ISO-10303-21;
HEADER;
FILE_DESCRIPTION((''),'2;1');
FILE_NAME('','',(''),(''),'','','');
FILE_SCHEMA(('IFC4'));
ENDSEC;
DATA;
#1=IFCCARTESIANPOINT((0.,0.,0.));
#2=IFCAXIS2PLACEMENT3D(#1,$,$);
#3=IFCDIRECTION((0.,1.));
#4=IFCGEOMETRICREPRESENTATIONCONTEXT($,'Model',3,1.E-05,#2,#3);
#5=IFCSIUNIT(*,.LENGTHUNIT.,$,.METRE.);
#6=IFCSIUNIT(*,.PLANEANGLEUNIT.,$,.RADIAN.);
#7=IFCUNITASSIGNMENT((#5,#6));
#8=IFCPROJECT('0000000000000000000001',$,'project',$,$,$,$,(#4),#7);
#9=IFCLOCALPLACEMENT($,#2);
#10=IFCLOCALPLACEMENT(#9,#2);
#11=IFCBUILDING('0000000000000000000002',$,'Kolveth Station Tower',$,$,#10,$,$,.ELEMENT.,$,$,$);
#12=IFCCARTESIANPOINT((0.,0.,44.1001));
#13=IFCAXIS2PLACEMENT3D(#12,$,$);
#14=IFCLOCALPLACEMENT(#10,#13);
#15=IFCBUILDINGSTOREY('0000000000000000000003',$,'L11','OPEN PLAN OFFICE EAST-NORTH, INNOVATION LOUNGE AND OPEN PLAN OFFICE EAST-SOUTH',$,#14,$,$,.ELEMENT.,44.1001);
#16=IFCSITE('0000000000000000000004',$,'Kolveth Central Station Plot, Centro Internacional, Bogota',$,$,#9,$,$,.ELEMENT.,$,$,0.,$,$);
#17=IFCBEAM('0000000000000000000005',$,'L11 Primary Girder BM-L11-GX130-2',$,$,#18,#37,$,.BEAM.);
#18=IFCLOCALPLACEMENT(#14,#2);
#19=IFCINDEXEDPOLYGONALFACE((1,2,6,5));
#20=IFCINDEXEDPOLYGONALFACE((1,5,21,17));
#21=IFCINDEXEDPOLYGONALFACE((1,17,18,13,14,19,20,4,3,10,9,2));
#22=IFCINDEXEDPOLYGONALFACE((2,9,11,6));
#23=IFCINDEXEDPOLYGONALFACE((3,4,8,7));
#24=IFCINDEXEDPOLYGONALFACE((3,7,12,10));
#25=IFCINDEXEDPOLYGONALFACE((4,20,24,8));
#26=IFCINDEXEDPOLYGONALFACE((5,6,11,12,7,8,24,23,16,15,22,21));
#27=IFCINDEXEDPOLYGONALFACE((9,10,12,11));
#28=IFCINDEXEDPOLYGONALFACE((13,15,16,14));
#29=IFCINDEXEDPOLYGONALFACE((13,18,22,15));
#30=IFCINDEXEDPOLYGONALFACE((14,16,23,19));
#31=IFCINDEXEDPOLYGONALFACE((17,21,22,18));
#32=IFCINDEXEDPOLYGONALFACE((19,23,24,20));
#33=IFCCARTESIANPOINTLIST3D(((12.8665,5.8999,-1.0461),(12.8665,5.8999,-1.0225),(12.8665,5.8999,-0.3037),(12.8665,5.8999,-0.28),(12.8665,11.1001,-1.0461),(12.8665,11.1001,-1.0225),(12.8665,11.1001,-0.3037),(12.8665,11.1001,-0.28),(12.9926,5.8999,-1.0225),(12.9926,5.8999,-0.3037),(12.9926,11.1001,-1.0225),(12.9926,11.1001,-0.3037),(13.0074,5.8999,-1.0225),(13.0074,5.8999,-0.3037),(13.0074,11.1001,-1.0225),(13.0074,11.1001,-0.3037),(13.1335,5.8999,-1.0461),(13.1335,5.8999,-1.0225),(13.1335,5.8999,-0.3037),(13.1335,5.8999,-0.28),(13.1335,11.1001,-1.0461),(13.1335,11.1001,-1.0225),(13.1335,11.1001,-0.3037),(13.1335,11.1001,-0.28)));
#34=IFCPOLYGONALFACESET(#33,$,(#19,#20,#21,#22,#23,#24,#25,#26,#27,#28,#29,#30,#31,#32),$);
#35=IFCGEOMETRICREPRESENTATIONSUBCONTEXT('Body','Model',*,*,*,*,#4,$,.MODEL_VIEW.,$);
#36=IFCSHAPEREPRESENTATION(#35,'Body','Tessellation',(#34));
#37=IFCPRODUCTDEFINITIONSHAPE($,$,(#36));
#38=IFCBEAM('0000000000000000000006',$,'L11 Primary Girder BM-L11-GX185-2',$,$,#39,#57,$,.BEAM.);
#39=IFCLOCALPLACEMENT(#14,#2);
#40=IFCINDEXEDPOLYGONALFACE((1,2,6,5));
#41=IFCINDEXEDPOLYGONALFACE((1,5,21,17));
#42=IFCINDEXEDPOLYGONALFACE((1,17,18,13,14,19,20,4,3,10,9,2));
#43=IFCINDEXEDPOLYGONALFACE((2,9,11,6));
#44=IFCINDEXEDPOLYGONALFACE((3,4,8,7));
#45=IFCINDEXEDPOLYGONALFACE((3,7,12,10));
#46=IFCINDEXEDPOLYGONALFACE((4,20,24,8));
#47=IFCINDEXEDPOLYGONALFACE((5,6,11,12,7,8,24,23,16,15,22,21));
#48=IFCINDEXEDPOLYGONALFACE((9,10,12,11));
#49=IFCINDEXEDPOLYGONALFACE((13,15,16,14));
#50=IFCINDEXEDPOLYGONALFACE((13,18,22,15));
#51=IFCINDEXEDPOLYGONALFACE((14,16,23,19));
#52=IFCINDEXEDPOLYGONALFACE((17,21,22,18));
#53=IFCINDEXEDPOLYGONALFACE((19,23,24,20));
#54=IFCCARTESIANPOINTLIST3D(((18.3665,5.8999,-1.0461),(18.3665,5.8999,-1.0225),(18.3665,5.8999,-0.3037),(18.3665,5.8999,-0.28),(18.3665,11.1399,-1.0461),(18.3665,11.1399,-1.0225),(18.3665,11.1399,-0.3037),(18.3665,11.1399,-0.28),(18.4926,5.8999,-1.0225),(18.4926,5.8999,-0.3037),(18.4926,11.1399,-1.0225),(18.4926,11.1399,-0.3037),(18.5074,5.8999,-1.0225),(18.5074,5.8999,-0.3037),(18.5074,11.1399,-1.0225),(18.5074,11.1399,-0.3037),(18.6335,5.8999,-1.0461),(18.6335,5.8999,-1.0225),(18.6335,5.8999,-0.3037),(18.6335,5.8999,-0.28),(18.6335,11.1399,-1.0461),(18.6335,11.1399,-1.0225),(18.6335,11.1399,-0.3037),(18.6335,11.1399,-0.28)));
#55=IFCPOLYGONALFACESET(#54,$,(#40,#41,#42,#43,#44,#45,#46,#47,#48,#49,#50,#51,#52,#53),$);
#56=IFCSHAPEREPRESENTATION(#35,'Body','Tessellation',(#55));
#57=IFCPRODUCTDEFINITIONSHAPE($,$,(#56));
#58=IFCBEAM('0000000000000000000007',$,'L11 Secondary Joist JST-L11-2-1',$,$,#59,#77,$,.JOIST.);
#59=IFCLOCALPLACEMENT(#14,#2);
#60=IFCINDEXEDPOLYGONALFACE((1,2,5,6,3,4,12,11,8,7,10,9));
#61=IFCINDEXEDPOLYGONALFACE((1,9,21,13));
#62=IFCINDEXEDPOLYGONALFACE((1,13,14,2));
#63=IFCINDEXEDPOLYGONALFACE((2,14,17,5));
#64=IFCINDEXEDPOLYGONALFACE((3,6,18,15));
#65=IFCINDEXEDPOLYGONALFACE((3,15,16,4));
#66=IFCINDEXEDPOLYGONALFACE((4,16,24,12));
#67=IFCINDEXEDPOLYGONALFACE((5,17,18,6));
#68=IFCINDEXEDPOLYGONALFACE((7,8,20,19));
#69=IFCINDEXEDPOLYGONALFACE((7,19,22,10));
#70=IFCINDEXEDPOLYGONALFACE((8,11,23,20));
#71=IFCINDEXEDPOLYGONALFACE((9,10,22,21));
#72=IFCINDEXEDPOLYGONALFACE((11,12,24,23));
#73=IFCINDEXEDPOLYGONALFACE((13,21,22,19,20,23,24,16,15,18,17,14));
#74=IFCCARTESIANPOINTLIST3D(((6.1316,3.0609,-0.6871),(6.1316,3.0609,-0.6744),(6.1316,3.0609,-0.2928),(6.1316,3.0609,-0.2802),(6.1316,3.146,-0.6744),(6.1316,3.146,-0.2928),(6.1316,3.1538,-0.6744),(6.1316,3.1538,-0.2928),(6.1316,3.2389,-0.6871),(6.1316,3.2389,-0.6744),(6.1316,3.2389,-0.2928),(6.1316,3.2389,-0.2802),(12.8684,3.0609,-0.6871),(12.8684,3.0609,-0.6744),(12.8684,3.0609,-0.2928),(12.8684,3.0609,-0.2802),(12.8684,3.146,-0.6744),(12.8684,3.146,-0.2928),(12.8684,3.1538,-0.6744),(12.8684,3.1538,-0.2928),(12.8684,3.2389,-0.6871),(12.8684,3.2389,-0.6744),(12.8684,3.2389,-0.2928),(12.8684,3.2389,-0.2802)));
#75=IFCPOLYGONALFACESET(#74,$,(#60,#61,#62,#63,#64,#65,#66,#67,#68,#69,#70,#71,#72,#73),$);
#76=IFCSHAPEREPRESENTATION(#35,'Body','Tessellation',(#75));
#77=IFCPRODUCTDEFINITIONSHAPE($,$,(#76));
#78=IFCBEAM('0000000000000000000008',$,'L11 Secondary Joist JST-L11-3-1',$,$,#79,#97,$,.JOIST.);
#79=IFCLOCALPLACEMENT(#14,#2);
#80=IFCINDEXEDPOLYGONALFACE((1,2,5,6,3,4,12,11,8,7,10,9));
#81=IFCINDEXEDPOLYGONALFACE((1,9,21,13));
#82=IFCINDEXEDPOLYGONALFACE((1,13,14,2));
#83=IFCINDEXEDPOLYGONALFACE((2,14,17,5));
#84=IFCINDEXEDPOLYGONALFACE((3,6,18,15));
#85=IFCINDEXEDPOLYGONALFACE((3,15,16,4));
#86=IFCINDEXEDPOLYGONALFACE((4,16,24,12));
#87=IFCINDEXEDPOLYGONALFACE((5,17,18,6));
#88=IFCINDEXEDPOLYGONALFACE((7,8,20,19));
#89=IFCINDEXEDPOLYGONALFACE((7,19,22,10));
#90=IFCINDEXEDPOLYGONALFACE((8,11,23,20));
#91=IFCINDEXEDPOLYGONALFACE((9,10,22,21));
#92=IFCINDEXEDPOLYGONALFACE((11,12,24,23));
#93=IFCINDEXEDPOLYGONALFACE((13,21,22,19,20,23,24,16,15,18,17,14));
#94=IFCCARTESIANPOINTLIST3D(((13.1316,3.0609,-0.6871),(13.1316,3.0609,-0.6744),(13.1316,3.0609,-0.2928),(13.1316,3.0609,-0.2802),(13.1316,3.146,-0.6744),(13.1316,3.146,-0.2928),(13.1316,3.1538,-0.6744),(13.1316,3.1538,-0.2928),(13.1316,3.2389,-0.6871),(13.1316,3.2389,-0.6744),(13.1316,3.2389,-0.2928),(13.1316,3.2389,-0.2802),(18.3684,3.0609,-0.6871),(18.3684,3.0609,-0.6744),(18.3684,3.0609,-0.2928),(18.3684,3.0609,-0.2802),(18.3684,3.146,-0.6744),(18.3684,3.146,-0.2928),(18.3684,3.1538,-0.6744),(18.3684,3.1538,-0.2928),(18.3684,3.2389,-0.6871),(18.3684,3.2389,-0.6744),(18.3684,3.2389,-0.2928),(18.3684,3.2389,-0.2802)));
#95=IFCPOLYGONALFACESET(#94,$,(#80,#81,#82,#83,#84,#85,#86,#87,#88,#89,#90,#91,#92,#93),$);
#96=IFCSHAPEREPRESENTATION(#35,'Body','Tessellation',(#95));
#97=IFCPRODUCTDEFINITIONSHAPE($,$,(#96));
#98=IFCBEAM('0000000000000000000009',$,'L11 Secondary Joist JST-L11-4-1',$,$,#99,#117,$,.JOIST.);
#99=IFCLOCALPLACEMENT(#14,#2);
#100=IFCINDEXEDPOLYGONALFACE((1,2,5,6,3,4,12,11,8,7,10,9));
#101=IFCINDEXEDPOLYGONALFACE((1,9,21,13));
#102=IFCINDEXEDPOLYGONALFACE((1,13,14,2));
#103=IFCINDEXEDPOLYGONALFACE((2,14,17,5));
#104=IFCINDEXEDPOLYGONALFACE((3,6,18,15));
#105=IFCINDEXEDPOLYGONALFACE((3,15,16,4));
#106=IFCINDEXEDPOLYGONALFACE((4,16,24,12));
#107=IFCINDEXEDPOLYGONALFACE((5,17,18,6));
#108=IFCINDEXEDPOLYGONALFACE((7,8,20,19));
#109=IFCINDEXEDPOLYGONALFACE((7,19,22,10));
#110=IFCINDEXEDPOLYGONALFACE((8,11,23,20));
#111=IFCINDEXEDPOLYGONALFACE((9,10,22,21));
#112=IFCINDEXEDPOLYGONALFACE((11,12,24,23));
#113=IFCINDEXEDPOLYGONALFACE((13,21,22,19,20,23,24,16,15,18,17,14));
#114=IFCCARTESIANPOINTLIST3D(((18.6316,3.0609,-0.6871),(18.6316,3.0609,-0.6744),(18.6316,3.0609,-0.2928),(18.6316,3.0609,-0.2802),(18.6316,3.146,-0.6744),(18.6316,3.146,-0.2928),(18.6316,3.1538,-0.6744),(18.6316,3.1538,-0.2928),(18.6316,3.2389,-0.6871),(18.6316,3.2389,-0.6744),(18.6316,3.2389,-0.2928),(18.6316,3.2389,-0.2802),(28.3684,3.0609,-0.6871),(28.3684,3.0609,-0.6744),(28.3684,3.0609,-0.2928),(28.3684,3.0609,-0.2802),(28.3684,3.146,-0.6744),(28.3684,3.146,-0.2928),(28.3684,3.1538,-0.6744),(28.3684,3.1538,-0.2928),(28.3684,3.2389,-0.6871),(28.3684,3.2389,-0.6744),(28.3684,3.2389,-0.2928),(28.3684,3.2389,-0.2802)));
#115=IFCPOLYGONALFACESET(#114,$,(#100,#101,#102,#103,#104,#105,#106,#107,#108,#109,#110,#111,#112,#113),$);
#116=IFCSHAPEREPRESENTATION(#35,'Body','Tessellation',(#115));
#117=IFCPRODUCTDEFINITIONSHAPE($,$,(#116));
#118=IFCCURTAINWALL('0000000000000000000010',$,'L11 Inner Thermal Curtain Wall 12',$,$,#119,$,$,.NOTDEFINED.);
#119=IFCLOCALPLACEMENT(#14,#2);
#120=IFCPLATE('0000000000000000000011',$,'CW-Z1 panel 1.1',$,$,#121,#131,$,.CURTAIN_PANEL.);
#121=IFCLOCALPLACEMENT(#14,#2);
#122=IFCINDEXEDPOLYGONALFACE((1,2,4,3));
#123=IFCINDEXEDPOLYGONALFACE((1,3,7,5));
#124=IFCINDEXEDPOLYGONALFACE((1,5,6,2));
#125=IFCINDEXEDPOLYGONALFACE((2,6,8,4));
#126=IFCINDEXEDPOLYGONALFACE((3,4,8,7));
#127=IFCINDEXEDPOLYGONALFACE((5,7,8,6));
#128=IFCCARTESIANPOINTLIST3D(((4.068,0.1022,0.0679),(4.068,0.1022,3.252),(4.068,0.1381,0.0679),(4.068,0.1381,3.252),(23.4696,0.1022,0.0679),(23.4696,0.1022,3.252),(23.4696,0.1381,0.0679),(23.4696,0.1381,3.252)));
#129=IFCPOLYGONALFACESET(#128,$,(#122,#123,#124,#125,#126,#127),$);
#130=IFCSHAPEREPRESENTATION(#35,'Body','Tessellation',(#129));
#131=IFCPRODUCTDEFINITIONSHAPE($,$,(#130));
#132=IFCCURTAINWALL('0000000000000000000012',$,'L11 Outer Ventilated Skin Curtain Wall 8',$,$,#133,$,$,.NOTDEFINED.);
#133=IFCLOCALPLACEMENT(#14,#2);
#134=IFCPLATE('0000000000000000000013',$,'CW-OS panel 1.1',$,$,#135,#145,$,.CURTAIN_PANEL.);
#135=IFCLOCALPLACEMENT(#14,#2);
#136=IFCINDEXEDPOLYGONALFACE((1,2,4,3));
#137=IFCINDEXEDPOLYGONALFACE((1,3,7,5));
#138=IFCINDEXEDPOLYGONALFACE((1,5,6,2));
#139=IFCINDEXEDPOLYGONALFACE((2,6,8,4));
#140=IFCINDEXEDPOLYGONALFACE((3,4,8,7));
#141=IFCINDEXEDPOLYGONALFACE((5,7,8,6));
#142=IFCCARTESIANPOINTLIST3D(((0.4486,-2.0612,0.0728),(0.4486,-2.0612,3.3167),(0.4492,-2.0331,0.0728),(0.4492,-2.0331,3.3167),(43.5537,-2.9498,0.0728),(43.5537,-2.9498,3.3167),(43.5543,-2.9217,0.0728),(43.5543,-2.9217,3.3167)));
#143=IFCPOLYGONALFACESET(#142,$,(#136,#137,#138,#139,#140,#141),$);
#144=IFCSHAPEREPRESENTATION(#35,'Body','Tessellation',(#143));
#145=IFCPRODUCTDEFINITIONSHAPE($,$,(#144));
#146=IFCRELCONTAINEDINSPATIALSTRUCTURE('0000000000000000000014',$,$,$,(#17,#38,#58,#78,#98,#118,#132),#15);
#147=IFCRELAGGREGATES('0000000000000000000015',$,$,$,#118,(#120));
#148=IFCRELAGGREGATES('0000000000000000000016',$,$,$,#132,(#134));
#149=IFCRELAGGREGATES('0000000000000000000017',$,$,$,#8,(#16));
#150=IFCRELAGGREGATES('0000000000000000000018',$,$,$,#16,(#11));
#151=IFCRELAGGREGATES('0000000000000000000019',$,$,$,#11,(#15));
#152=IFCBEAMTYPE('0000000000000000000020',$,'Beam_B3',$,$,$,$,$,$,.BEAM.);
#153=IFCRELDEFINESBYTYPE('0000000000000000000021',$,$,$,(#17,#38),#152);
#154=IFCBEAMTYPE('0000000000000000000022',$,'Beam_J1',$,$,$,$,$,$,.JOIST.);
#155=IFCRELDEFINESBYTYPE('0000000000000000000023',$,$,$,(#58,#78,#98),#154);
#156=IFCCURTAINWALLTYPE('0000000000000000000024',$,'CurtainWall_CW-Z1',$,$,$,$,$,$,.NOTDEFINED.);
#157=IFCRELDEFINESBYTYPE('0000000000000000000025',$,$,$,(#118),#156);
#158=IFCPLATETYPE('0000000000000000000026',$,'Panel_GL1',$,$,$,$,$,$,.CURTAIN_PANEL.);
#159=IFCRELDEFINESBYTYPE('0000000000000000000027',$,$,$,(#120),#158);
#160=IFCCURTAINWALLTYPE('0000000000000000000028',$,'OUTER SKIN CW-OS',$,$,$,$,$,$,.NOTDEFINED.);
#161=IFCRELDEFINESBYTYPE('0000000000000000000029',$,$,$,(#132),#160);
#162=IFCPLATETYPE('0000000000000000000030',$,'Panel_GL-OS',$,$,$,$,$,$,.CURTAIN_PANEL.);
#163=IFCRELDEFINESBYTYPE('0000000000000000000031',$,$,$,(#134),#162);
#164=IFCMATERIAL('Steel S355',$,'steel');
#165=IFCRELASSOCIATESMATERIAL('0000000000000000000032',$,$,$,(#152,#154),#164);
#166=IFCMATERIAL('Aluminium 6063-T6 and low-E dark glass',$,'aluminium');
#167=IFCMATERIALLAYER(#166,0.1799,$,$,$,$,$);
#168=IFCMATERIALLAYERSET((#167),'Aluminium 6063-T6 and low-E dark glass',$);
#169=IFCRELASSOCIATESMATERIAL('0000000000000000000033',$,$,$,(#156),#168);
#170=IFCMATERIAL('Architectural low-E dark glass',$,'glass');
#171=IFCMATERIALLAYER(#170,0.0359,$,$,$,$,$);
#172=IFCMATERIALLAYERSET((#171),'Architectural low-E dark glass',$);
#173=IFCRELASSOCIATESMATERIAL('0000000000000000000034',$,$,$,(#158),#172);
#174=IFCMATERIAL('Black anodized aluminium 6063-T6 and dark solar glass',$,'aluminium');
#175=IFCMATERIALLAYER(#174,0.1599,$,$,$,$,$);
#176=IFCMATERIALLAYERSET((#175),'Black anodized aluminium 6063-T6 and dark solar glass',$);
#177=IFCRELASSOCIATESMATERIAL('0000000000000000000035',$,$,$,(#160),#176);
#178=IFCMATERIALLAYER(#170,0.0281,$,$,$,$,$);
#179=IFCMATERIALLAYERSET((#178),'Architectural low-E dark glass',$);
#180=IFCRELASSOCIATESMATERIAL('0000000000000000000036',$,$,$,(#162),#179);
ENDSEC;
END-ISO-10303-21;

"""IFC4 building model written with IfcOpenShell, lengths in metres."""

from ifc_helpers import new_model, si_unit, direction, frame, origin, origin_2d, place, context, subcontext, project, spatial, rectangle, i_section, extrude, source, transform, mapped, material, layer, layer_set, material_profile, profile_set, type_object, element, aggregate, save


model = new_model("IFC4")

# Units and contexts
model_context = context("Model", 3, precision=1e-05, world=origin(), true_north=direction((0.0, 1.0)))
body_context = subcontext(model_context, "Body", "Model", "MODEL_VIEW")
ifc_project = project(units=[si_unit("LENGTHUNIT", "METRE"), si_unit("PLANEANGLEUNIT", "RADIAN")], contexts=[model_context])

# Site, building, storey
site_placement = place(None, origin())
site = spatial("IfcSite", under=ifc_project, at=site_placement, Name="Kolveth Central Station Plot, Centro Internacional, Bogota", CompositionType="ELEMENT", RefElevation=0.0)
building_placement = place(site_placement, origin())
building = spatial("IfcBuilding", under=site, at=building_placement, Name="Kolveth Station Tower", CompositionType="ELEMENT")
storey_placement = place(building_placement, frame((0.0, 0.0, 44.1001)))
storey = spatial("IfcBuildingStorey", under=building, at=storey_placement, Name="L11", Description="OPEN PLAN OFFICE EAST-NORTH, INNOVATION LOUNGE AND OPEN PLAN OFFICE EAST-SOUTH", CompositionType="ELEMENT", Elevation=44.1001)

# Shared definitions
ifc_material_1 = material(Name="Steel S355", Category="steel")

# Beams
ifc_material_profile_1 = material_profile(ifc_material_1, i_section(OverallWidth=0.2671, OverallDepth=0.7661, WebThickness=0.0149, FlangeThickness=0.0237, at=origin_2d()), Name="W760x185")
ifc_profile_set_1 = profile_set([ifc_material_profile_1], Name="Steel S355")
beam_type_1 = type_object("IfcBeamType", Name="Beam_B3", PredefinedType="BEAM", material=ifc_profile_set_1)
shared_shape_1 = source(origin(), body_context, "Body", "SweptSolid", [
    extrude(i_section(OverallWidth=0.2671, OverallDepth=0.7661, WebThickness=0.0149, FlangeThickness=0.0237, at=origin_2d()), origin(), (0.0, 0.0, 1.0), 5.2002),
])
for number, where, z_axis, x_axis, name in (
    (1, (13.0, 5.8999, -0.6631), (0.0, 1.0, 0.0), (-1.0, 0.0, 0.0), "L11 Primary Girder BM-L11-GX130-2"),
):
    element("IfcBeam", number, at=place(storey_placement, frame(where, z_axis=z_axis, x_axis=x_axis)), inside=storey, type_object=beam_type_1, Name=name, PredefinedType="BEAM", context=body_context, shape_type="MappedRepresentation", body=[
        mapped(shared_shape_1, transform((0.0, 0.0, 0.0), x_axis=(1.0, 0.0, 0.0), y_axis=(0.0, 1.0, 0.0), z_axis=(0.0, 0.0, 1.0), scale=1.0)),
    ])
shared_shape_2 = source(origin(), body_context, "Body", "SweptSolid", [
    extrude(i_section(OverallWidth=0.2671, OverallDepth=0.7661, WebThickness=0.0149, FlangeThickness=0.0237, at=origin_2d()), origin(), (0.0, 0.0, 1.0), 5.24),
])
beam_1_placement = place(storey_placement, frame((18.5, 5.8999, -0.6631), z_axis=(0.0, 1.0, 0.0), x_axis=(-1.0, 0.0, 0.0)))
element("IfcBeam", 2, at=beam_1_placement, inside=storey, type_object=beam_type_1, Name="L11 Primary Girder BM-L11-GX185-2", PredefinedType="BEAM", context=body_context, shape_type="MappedRepresentation", body=[
    mapped(shared_shape_2, transform((0.0, 0.0, 0.0), x_axis=(1.0, 0.0, 0.0), y_axis=(0.0, 1.0, 0.0), z_axis=(0.0, 0.0, 1.0), scale=1.0)),
])
ifc_material_profile_2 = material_profile(ifc_material_1, i_section(OverallWidth=0.178, OverallDepth=0.407, WebThickness=0.0078, FlangeThickness=0.0127, at=origin_2d()), Name="W410x60")
ifc_profile_set_2 = profile_set([ifc_material_profile_2], Name="Steel S355")
beam_type_2 = type_object("IfcBeamType", Name="Beam_J1", PredefinedType="JOIST", material=ifc_profile_set_2)
shared_shape_3 = source(origin(), body_context, "Body", "SweptSolid", [
    extrude(i_section(OverallWidth=0.178, OverallDepth=0.407, WebThickness=0.0078, FlangeThickness=0.0127, at=origin_2d()), origin(), (0.0, 0.0, 1.0), 6.7368),
])
beam_2_placement = place(storey_placement, frame((6.1316, 3.1499, -0.4836), z_axis=(1.0, 0.0, 0.0), x_axis=(0.0, 1.0, 0.0)))
element("IfcBeam", 3, at=beam_2_placement, inside=storey, type_object=beam_type_2, Name="L11 Secondary Joist JST-L11-2-1", PredefinedType="JOIST", context=body_context, shape_type="MappedRepresentation", body=[
    mapped(shared_shape_3, transform((0.0, 0.0, 0.0), x_axis=(1.0, 0.0, 0.0), y_axis=(0.0, 1.0, 0.0), z_axis=(0.0, 0.0, 1.0), scale=1.0)),
])
shared_shape_4 = source(origin(), body_context, "Body", "SweptSolid", [
    extrude(i_section(OverallWidth=0.178, OverallDepth=0.407, WebThickness=0.0078, FlangeThickness=0.0127, at=origin_2d()), origin(), (0.0, 0.0, 1.0), 5.2368),
])
beam_3_placement = place(storey_placement, frame((13.1316, 3.1499, -0.4836), z_axis=(1.0, 0.0, 0.0), x_axis=(0.0, 1.0, 0.0)))
element("IfcBeam", 4, at=beam_3_placement, inside=storey, type_object=beam_type_2, Name="L11 Secondary Joist JST-L11-3-1", PredefinedType="JOIST", context=body_context, shape_type="MappedRepresentation", body=[
    mapped(shared_shape_4, transform((0.0, 0.0, 0.0), x_axis=(1.0, 0.0, 0.0), y_axis=(0.0, 1.0, 0.0), z_axis=(0.0, 0.0, 1.0), scale=1.0)),
])
shared_shape_5 = source(origin(), body_context, "Body", "SweptSolid", [
    extrude(i_section(OverallWidth=0.178, OverallDepth=0.407, WebThickness=0.0078, FlangeThickness=0.0127, at=origin_2d()), origin(), (0.0, 0.0, 1.0), 9.7368),
])
beam_4_placement = place(storey_placement, frame((18.6316, 3.1499, -0.4836), z_axis=(1.0, 0.0, 0.0), x_axis=(0.0, 1.0, 0.0)))
element("IfcBeam", 5, at=beam_4_placement, inside=storey, type_object=beam_type_2, Name="L11 Secondary Joist JST-L11-4-1", PredefinedType="JOIST", context=body_context, shape_type="MappedRepresentation", body=[
    mapped(shared_shape_5, transform((0.0, 0.0, 0.0), x_axis=(1.0, 0.0, 0.0), y_axis=(0.0, 1.0, 0.0), z_axis=(0.0, 0.0, 1.0), scale=1.0)),
])

# Curtain walls, plates
ifc_material_2 = material(Name="Aluminium 6063-T6 and low-E dark glass", Category="aluminium")
ifc_layer_1 = layer(ifc_material_2, 0.1799)
ifc_layer_set_1 = layer_set([ifc_layer_1], Name="Aluminium 6063-T6 and low-E dark glass")
curtain_wall_type_1 = type_object("IfcCurtainWallType", Name="CurtainWall_CW-Z1", PredefinedType="NOTDEFINED", material=ifc_layer_set_1)
curtain_wall_1_placement = place(storey_placement, origin())
curtain_wall_1 = element("IfcCurtainWall", 6, at=curtain_wall_1_placement, inside=storey, type_object=curtain_wall_type_1, Name="L11 Inner Thermal Curtain Wall 12", PredefinedType="NOTDEFINED")
ifc_material_3 = material(Name="Architectural low-E dark glass", Category="glass")
ifc_layer_2 = layer(ifc_material_3, 0.0359)
ifc_layer_set_2 = layer_set([ifc_layer_2], Name="Architectural low-E dark glass")
plate_type_1 = type_object("IfcPlateType", Name="Panel_GL1", PredefinedType="CURTAIN_PANEL", material=ifc_layer_set_2)
shared_shape_6 = source(origin(), body_context, "Body", "SweptSolid", [
    extrude(rectangle(XDim=19.4016, YDim=0.0359, at=origin_2d()), origin(), (0.0, 0.0, 1.0), 3.1841),
])
plate_1_placement = place(storey_placement, frame((13.7688, 0.1201, 0.0679), z_axis=(0.0, 0.0, 1.0), x_axis=(1.0, 0.0, 0.0)))
plate_1 = element("IfcPlate", 7, at=plate_1_placement, type_object=plate_type_1, Name="CW-Z1 panel 1.1", PredefinedType="CURTAIN_PANEL", context=body_context, shape_type="MappedRepresentation", body=[
    mapped(shared_shape_6, transform((0.0, 0.0, 0.0), x_axis=(1.0, 0.0, 0.0), y_axis=(0.0, 1.0, 0.0), z_axis=(0.0, 0.0, 1.0), scale=1.0)),
])
aggregate(curtain_wall_1, [plate_1])
ifc_material_4 = material(Name="Black anodized aluminium 6063-T6 and dark solar glass", Category="aluminium")
ifc_layer_3 = layer(ifc_material_4, 0.1599)
ifc_layer_set_3 = layer_set([ifc_layer_3], Name="Black anodized aluminium 6063-T6 and dark solar glass")
curtain_wall_type_2 = type_object("IfcCurtainWallType", Name="OUTER SKIN CW-OS", PredefinedType="NOTDEFINED", material=ifc_layer_set_3)
curtain_wall_2_placement = place(storey_placement, origin())
curtain_wall_2 = element("IfcCurtainWall", 8, at=curtain_wall_2_placement, inside=storey, type_object=curtain_wall_type_2, Name="L11 Outer Ventilated Skin Curtain Wall 8", PredefinedType="NOTDEFINED")
ifc_layer_4 = layer(ifc_material_3, 0.0281)
ifc_layer_set_4 = layer_set([ifc_layer_4], Name="Architectural low-E dark glass")
plate_type_2 = type_object("IfcPlateType", Name="Panel_GL-OS", PredefinedType="CURTAIN_PANEL", material=ifc_layer_set_4)
shared_shape_7 = source(origin(), body_context, "Body", "SweptSolid", [
    extrude(rectangle(XDim=43.1143, YDim=0.0281, at=origin_2d()), origin(), (0.0, 0.0, 1.0), 3.2439),
])
plate_2_placement = place(storey_placement, frame((22.0015, -2.4915, 0.0728), z_axis=(0.0, 0.0, 1.0), x_axis=(0.999788, -0.02061, 0.0)))
plate_2 = element("IfcPlate", 9, at=plate_2_placement, type_object=plate_type_2, Name="CW-OS panel 1.1", PredefinedType="CURTAIN_PANEL", context=body_context, shape_type="MappedRepresentation", body=[
    mapped(shared_shape_7, transform((0.0, 0.0, 0.0), x_axis=(1.0, 0.0, 0.0), y_axis=(0.0, 1.0, 0.0), z_axis=(0.0, 0.0, 1.0), scale=1.0)),
])
aggregate(curtain_wall_2, [plate_2])

save(model, "model.ifc")
